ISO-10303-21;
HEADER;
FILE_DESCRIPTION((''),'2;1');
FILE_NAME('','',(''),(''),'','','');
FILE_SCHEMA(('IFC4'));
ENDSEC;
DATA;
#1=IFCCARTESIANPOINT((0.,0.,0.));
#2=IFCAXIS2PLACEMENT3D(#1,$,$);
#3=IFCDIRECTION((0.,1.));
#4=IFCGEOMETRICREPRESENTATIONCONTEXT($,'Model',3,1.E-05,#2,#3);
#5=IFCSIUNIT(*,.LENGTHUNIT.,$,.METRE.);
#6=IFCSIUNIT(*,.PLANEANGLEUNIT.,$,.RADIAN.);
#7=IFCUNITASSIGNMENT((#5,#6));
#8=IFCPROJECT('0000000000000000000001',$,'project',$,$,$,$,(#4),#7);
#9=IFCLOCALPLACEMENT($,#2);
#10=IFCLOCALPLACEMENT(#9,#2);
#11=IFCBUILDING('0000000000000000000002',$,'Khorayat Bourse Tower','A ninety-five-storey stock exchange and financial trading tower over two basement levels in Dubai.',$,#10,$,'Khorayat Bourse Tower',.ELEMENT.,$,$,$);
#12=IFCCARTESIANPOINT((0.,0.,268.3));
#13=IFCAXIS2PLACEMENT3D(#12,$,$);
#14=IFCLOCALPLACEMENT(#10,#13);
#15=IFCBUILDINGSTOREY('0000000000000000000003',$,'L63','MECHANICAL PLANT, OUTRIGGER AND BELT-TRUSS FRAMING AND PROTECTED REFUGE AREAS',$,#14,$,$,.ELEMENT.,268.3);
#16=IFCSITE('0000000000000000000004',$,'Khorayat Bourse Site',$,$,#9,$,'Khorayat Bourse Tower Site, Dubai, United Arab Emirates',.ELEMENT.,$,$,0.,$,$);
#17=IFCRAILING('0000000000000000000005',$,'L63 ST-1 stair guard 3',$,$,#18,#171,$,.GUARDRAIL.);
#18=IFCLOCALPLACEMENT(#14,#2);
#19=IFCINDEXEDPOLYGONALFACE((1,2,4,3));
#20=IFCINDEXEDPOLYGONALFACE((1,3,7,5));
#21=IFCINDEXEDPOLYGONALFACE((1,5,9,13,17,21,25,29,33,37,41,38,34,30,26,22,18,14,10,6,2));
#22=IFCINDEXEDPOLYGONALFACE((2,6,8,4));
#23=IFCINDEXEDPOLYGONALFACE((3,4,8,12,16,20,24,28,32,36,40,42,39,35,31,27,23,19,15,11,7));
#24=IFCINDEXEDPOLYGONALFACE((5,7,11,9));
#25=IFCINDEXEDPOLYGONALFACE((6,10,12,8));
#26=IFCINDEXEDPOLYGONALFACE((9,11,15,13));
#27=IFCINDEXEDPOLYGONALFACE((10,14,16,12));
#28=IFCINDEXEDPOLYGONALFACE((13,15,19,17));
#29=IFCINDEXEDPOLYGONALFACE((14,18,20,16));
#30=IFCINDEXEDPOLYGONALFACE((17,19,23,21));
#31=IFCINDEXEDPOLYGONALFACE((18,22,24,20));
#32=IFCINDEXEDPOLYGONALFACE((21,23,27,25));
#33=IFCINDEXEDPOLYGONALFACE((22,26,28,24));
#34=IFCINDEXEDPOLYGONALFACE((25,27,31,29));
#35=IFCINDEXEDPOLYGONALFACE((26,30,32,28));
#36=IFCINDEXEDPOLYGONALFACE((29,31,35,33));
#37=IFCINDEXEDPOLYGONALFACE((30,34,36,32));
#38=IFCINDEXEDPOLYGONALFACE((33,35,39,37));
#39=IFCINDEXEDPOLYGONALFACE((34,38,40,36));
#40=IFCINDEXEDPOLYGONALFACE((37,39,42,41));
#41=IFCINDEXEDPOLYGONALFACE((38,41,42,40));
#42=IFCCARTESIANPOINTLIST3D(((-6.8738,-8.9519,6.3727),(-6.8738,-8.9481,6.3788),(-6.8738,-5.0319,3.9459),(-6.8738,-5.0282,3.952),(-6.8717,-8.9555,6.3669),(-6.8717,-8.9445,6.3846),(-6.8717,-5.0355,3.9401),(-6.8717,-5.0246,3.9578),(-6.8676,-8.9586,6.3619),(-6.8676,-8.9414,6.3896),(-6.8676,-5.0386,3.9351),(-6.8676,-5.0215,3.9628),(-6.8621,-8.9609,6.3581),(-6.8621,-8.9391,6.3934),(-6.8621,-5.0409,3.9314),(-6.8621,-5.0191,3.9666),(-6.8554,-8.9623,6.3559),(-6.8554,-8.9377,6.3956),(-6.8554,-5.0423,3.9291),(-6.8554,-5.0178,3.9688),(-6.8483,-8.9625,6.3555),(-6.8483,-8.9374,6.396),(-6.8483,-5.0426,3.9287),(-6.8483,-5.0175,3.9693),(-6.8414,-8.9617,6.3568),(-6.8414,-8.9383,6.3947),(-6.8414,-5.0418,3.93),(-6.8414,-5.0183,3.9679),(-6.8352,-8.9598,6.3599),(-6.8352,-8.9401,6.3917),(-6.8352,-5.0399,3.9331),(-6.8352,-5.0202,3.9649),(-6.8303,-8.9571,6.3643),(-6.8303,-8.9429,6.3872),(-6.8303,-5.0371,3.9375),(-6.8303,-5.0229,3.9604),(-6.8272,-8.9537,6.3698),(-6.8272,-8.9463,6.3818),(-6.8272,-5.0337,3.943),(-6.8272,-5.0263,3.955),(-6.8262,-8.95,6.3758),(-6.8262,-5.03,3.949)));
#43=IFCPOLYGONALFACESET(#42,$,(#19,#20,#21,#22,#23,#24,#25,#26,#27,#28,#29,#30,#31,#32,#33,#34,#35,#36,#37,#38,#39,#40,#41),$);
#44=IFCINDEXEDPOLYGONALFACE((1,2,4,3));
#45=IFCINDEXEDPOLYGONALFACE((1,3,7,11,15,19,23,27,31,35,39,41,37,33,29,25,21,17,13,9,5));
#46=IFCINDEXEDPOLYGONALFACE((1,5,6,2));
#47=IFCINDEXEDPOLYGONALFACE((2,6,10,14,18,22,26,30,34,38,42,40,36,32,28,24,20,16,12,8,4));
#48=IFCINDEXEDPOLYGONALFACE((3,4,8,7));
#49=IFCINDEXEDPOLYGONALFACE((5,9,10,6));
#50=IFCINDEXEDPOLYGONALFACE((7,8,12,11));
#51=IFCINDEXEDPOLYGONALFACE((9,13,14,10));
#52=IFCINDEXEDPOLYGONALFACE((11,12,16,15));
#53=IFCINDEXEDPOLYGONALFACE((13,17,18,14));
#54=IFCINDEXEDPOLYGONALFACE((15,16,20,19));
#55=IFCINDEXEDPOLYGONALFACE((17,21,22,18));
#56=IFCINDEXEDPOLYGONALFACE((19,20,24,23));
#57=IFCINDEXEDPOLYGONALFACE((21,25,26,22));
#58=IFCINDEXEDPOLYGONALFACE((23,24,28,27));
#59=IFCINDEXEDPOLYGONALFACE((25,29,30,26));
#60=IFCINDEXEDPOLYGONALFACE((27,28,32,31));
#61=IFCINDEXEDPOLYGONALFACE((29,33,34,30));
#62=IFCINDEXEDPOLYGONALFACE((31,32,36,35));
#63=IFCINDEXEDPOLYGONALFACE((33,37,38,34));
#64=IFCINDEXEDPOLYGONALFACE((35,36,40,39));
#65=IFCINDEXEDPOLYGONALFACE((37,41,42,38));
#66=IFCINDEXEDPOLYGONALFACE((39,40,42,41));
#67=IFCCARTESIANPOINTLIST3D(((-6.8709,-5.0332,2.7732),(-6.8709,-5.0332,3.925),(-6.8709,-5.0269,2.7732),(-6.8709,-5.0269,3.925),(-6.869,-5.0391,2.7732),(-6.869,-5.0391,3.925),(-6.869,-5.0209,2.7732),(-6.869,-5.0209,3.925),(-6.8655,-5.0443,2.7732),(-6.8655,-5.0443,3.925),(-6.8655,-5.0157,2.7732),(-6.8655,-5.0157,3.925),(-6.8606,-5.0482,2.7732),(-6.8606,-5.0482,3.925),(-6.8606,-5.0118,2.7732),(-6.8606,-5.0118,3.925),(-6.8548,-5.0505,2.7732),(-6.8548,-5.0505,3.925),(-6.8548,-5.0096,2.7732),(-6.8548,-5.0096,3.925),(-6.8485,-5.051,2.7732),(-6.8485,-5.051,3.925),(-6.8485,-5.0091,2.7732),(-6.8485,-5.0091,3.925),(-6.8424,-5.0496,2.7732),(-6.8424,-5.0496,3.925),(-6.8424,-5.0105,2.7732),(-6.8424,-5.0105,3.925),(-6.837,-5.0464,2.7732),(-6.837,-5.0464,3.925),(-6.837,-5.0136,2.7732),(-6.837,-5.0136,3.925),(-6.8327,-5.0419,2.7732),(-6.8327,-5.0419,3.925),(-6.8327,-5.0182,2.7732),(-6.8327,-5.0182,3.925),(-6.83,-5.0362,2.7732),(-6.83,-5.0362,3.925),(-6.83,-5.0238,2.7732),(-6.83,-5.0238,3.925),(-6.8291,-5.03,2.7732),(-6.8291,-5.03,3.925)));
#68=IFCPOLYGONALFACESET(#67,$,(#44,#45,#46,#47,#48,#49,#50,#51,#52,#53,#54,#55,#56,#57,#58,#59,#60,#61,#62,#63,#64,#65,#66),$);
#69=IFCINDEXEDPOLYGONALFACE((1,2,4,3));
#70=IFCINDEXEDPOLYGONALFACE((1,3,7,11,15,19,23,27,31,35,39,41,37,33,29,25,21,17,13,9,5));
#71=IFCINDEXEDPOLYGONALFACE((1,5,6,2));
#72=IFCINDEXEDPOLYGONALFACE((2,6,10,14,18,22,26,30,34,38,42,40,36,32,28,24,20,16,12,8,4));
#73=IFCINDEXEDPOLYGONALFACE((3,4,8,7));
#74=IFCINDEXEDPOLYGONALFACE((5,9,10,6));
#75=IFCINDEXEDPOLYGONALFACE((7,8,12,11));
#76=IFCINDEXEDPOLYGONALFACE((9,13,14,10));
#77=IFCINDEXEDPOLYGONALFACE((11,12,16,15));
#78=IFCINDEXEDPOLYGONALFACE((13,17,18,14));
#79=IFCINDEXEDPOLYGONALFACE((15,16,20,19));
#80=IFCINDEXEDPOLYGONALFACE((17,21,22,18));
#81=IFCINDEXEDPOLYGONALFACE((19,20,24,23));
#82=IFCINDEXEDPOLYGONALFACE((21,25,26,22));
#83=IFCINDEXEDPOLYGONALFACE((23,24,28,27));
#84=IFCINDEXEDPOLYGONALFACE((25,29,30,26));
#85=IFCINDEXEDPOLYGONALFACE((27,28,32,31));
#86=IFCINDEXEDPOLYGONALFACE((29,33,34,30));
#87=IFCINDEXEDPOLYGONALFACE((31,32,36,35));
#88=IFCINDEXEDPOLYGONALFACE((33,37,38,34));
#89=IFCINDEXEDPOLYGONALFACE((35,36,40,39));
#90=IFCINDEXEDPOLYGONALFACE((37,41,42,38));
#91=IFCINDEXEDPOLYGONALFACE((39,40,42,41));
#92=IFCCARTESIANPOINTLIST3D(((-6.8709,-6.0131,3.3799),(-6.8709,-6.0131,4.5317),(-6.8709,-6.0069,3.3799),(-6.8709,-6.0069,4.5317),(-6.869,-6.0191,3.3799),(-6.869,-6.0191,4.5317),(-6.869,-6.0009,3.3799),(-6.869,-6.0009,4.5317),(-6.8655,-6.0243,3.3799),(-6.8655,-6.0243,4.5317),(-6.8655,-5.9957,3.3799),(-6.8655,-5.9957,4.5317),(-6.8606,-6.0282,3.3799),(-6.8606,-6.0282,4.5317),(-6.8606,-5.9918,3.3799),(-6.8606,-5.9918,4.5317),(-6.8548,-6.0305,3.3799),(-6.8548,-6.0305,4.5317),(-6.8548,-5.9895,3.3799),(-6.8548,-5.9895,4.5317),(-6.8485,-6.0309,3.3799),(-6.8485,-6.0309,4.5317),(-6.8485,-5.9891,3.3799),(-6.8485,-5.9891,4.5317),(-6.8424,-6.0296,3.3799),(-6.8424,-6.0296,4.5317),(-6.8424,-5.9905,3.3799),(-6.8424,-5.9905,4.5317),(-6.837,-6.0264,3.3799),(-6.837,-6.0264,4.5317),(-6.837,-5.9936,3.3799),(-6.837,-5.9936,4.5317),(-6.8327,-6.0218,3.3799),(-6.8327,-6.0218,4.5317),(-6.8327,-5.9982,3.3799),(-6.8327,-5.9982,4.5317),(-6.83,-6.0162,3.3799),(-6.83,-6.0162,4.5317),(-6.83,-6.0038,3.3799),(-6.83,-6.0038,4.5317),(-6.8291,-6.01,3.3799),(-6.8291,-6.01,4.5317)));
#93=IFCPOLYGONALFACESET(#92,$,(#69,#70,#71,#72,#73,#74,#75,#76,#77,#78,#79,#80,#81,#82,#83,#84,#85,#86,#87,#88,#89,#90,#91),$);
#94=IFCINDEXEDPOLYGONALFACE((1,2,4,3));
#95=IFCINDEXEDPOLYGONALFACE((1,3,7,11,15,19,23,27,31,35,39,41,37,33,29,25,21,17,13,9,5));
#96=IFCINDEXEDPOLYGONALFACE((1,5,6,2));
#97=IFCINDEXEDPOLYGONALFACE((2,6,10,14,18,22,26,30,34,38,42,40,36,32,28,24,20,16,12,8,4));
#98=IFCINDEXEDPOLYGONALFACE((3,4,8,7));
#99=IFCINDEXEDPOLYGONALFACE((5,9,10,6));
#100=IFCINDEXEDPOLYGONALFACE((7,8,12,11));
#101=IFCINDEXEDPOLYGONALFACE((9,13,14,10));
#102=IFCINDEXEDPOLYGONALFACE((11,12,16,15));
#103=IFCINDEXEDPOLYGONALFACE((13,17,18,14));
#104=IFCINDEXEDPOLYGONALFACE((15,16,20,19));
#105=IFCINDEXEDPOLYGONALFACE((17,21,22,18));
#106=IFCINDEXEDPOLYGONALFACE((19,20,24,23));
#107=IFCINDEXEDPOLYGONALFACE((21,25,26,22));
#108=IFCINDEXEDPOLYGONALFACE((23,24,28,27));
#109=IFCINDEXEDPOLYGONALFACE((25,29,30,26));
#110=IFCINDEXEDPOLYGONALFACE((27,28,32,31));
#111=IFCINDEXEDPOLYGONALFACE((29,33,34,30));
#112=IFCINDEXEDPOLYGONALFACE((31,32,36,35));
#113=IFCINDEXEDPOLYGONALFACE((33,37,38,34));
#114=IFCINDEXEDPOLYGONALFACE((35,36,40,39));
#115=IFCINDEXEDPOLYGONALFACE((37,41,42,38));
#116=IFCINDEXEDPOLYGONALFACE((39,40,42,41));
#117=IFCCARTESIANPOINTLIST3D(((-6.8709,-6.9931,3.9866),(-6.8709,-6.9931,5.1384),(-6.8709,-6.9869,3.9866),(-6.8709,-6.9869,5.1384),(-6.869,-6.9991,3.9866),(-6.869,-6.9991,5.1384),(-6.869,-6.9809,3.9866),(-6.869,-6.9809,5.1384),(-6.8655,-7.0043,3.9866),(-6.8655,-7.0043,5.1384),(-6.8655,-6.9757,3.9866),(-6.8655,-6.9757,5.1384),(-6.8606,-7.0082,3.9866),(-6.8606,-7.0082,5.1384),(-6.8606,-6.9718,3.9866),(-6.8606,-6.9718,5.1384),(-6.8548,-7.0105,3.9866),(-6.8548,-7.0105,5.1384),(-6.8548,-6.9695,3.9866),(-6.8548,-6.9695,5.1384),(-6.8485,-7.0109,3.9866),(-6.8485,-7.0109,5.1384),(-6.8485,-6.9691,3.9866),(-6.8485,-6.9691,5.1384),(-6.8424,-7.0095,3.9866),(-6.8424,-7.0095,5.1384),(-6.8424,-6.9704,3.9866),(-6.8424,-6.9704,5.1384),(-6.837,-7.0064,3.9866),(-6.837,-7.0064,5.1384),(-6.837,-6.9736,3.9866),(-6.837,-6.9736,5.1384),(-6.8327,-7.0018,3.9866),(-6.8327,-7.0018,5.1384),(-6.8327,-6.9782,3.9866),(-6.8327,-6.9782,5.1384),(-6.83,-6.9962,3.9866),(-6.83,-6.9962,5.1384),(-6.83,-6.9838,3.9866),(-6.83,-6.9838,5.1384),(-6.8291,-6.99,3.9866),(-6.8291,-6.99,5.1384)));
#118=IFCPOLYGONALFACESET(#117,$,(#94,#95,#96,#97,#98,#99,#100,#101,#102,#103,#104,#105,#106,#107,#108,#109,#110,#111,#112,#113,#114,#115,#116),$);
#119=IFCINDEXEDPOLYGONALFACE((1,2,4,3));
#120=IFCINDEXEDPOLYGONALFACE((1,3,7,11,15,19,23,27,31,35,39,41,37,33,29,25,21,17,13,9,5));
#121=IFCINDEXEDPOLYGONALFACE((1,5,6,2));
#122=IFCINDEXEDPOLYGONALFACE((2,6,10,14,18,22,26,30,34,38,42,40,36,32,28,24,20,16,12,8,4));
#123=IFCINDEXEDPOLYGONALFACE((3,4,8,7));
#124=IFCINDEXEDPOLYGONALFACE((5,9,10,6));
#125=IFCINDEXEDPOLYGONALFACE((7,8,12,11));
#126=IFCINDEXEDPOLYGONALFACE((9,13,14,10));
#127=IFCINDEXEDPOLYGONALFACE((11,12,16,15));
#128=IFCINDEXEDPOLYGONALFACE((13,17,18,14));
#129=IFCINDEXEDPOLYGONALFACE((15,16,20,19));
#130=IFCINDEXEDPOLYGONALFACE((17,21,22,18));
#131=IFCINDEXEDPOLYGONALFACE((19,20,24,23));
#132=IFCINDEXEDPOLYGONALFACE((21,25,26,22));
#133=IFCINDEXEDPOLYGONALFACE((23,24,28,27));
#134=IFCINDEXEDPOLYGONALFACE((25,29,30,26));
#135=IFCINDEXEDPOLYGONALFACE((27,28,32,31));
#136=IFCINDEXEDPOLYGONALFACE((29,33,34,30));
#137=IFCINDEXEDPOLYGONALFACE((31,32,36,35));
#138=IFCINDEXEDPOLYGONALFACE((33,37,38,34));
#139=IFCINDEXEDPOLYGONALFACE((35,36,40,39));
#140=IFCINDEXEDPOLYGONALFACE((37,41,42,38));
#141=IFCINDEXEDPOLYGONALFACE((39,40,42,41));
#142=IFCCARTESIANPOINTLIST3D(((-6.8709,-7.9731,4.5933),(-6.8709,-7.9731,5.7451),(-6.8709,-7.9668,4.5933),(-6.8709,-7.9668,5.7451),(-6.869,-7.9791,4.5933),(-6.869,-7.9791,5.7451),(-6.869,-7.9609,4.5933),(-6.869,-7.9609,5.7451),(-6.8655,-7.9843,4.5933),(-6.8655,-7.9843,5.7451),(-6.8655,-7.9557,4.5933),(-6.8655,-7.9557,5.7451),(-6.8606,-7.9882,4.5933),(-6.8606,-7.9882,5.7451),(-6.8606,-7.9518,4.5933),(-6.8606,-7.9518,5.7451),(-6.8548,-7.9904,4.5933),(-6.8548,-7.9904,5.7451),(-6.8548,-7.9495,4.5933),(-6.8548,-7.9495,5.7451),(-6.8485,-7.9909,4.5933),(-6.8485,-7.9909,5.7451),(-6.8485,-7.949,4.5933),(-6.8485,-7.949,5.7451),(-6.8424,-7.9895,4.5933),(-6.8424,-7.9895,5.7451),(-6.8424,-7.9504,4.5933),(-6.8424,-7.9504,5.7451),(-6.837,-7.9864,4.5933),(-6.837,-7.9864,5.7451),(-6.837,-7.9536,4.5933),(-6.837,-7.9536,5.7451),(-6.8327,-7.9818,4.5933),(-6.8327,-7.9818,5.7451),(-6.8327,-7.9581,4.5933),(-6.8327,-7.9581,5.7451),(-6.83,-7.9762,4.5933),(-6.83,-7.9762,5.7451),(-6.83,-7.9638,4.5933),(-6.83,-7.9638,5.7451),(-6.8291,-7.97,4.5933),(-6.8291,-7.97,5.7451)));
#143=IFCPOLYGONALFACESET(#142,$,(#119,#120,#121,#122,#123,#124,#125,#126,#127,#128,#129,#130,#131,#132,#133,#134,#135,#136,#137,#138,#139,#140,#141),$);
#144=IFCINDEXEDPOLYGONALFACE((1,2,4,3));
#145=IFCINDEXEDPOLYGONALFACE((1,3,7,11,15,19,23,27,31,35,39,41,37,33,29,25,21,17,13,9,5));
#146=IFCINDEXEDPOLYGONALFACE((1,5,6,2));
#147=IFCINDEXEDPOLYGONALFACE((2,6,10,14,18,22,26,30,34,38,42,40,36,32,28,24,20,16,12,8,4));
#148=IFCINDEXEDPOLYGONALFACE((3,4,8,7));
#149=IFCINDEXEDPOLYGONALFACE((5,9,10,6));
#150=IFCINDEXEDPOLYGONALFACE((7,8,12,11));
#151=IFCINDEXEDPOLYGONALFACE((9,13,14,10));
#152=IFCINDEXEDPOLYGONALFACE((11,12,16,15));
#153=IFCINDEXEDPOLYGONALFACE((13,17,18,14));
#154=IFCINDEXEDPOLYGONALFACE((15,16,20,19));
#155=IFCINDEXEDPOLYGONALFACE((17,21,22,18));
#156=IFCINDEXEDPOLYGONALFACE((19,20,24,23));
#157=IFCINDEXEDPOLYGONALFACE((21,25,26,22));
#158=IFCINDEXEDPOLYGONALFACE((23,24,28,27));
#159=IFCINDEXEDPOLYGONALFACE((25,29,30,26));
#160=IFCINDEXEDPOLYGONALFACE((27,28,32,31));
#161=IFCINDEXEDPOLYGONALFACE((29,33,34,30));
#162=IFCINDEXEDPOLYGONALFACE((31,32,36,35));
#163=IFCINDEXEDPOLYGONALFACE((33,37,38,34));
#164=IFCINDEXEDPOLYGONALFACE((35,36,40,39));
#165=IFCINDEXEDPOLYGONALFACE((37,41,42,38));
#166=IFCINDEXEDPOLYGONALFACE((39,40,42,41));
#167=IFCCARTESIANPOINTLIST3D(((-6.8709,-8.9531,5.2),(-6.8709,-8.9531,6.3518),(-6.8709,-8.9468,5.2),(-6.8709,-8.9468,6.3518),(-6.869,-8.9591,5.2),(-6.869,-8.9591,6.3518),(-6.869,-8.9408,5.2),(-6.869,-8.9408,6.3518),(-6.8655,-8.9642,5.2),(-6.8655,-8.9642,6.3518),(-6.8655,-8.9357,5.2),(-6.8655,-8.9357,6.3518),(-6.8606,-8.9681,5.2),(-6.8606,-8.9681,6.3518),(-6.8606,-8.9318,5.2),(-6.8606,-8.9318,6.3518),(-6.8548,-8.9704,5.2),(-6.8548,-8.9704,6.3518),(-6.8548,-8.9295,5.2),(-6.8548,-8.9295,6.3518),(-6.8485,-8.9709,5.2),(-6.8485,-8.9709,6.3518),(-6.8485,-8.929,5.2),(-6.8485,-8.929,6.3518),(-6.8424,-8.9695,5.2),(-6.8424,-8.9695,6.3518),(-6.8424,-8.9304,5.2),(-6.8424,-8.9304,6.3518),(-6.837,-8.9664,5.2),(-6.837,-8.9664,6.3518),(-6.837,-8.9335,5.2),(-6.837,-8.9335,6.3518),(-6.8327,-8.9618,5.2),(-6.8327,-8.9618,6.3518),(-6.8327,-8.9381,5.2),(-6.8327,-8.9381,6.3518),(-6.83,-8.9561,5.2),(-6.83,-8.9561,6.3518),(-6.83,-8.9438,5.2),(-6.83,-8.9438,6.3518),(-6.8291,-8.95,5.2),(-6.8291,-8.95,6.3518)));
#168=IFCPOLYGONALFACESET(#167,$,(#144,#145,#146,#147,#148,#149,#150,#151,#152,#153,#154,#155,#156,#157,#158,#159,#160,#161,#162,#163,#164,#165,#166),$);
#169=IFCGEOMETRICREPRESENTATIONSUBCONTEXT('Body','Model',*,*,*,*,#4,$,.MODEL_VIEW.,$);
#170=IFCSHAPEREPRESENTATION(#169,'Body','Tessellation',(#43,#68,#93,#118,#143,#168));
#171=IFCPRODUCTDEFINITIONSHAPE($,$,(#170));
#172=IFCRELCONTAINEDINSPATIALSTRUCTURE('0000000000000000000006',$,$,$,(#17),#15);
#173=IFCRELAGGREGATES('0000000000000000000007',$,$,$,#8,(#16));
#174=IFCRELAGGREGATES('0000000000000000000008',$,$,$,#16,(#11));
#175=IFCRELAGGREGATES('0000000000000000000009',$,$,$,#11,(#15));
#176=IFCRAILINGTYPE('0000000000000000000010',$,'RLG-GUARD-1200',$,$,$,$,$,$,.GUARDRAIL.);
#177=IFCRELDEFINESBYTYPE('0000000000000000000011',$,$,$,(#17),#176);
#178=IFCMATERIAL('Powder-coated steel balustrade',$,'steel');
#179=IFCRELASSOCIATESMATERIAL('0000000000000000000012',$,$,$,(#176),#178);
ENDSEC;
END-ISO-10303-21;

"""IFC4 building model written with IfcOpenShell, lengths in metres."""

from ifc_helpers import new_model, si_unit, direction, frame, origin, origin_2d, place, context, subcontext, project, spatial, circle, extrude, source, transform, mapped, material, type_object, element, save


model = new_model("IFC4")

# Units and contexts
model_context = context("Model", 3, precision=1e-05, world=origin(), true_north=direction((0.0, 1.0)))
body_context = subcontext(model_context, "Body", "Model", "MODEL_VIEW")
ifc_project = project(units=[si_unit("LENGTHUNIT", "METRE"), si_unit("PLANEANGLEUNIT", "RADIAN")], contexts=[model_context])

# Site, building, storey
site_placement = place(None, origin())
site = spatial("IfcSite", under=ifc_project, at=site_placement, Name="Khorayat Bourse Site", LongName="Khorayat Bourse Tower Site, Dubai, United Arab Emirates", CompositionType="ELEMENT", RefElevation=0.0)
building_placement = place(site_placement, origin())
building = spatial("IfcBuilding", under=site, at=building_placement, Name="Khorayat Bourse Tower", Description="A ninety-five-storey stock exchange and financial trading tower over two basement levels in Dubai.", LongName="Khorayat Bourse Tower", CompositionType="ELEMENT")
storey_placement = place(building_placement, frame((0.0, 0.0, 268.3)))
storey = spatial("IfcBuildingStorey", under=building, at=storey_placement, Name="L63", Description="MECHANICAL PLANT, OUTRIGGER AND BELT-TRUSS FRAMING AND PROTECTED REFUGE AREAS", CompositionType="ELEMENT", Elevation=268.3)

# Railing
ifc_material_1 = material(Name="Powder-coated steel balustrade", Category="steel")
railing_type_1 = type_object("IfcRailingType", Name="RLG-GUARD-1200", PredefinedType="GUARDRAIL", material=ifc_material_1)
shared_shape_1 = source(origin(), body_context, "Body", "SweptSolid", [
    extrude(circle(Radius=0.0239, at=origin_2d()), frame((0.0, 0.0, 1.1758), z_axis=(0.0, -0.850252, 0.526376), x_axis=(1.0, 0.0, 0.0)), (0.0, 0.0, 1.0), 4.6104),
    extrude(circle(Radius=0.021, at=origin_2d()), origin(), (0.0, 0.0, 1.0), 1.1519),
    extrude(circle(Radius=0.021, at=origin_2d()), frame((0.0, -0.98, 0.6067)), (0.0, 0.0, 1.0), 1.1519),
    extrude(circle(Radius=0.021, at=origin_2d()), frame((0.0, -1.96, 1.2134)), (0.0, 0.0, 1.0), 1.1519),
    extrude(circle(Radius=0.021, at=origin_2d()), frame((0.0, -2.9399, 1.8201)), (0.0, 0.0, 1.0), 1.1519),
    extrude(circle(Radius=0.021, at=origin_2d()), frame((0.0, -3.9199, 2.4268)), (0.0, 0.0, 1.0), 1.1519),
])
railing_1_placement = place(storey_placement, frame((-6.8501, -5.03, 2.7732)))
element("IfcRailing", 1, at=railing_1_placement, inside=storey, type_object=railing_type_1, Name="L63 ST-1 stair guard 3", PredefinedType="GUARDRAIL", context=body_context, shape_type="MappedRepresentation", body=[
    mapped(shared_shape_1, transform((0.0, 0.0, 0.0), scale=1.0)),
])

save(model, "model.ifc")
